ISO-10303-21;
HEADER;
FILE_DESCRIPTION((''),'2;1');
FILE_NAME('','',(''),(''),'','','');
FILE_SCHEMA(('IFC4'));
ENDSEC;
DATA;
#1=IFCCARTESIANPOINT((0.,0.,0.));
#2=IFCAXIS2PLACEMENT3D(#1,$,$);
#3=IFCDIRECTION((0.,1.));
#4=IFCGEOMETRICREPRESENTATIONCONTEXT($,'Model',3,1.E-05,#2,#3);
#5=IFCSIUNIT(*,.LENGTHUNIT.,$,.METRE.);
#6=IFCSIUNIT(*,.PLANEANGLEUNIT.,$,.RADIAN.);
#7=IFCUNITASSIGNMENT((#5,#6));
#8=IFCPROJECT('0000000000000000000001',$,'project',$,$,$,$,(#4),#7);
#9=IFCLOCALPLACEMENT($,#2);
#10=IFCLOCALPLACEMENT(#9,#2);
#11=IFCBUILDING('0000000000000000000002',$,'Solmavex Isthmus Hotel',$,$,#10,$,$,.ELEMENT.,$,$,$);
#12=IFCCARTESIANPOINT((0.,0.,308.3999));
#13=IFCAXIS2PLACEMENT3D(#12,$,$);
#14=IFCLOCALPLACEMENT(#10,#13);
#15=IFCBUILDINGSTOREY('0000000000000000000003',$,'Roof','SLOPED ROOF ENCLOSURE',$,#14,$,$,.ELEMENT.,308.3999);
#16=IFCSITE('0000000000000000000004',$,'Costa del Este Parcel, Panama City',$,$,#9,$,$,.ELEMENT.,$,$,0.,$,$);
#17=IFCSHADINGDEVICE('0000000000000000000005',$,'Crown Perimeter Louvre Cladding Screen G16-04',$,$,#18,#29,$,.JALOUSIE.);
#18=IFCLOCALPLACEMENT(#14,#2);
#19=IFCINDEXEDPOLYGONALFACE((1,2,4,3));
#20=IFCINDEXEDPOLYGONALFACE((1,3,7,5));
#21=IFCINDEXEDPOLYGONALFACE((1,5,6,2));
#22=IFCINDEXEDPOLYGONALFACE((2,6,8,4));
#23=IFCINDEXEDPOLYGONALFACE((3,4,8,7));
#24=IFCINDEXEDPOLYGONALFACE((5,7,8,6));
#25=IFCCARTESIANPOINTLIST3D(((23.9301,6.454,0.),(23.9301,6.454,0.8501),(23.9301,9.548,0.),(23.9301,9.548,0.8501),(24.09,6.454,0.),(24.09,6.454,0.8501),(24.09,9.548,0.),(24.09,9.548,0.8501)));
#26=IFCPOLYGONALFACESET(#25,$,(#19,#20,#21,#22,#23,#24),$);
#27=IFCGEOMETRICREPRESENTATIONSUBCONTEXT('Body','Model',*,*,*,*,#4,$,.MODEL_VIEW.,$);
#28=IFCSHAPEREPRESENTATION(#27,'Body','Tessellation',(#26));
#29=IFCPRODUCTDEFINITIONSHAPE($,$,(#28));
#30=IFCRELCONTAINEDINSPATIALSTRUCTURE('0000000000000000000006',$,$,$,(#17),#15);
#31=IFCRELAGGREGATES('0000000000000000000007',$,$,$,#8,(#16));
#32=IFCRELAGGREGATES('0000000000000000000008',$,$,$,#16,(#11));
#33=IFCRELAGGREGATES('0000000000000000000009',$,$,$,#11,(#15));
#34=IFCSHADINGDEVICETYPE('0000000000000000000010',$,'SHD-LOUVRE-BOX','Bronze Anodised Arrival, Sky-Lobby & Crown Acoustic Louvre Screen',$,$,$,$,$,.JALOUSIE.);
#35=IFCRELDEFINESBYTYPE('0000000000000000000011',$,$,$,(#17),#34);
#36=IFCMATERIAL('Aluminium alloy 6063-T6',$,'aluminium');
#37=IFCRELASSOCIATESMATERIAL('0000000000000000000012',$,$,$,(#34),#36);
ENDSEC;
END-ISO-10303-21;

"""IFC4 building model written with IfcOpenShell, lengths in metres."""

from ifc_helpers import new_model, si_unit, direction, frame, origin, origin_2d, place, context, subcontext, project, spatial, rectangle, extrude, material, type_object, element, save


model = new_model("IFC4")

# Units and contexts
model_context = context("Model", 3, precision=1e-05, world=origin(), true_north=direction((0.0, 1.0)))
body_context = subcontext(model_context, "Body", "Model", "MODEL_VIEW")
ifc_project = project(units=[si_unit("LENGTHUNIT", "METRE"), si_unit("PLANEANGLEUNIT", "RADIAN")], contexts=[model_context])

# Site, building, storey
site_placement = place(None, origin())
site = spatial("IfcSite", under=ifc_project, at=site_placement, Name="Costa del Este Parcel, Panama City", CompositionType="ELEMENT", RefElevation=0.0)
building_placement = place(site_placement, origin())
building = spatial("IfcBuilding", under=site, at=building_placement, Name="Solmavex Isthmus Hotel", CompositionType="ELEMENT")
storey_placement = place(building_placement, frame((0.0, 0.0, 308.3999)))
storey = spatial("IfcBuildingStorey", under=building, at=storey_placement, Name="Roof", Description="SLOPED ROOF ENCLOSURE", CompositionType="ELEMENT", Elevation=308.3999)

# Shading device
ifc_material_1 = material(Name="Aluminium alloy 6063-T6", Category="aluminium")
shading_device_type = type_object("IfcShadingDeviceType", Name="SHD-LOUVRE-BOX", Description="Bronze Anodised Arrival, Sky-Lobby & Crown Acoustic Louvre Screen", PredefinedType="JALOUSIE", material=ifc_material_1)
for number, where, z_axis, x_axis, name in (
    (1, (24.01, 8.001, 0.0), (0.0, 0.0, 1.0), (0.0, -1.0, 0.0), "Crown Perimeter Louvre Cladding Screen G16-04"),
):
    element("IfcShadingDevice", number, at=place(storey_placement, frame(where, z_axis=z_axis, x_axis=x_axis)), inside=storey, type_object=shading_device_type, Name=name, PredefinedType="JALOUSIE", context=body_context, shape_type="SweptSolid", body=[
        extrude(rectangle(XDim=3.094, YDim=0.1599, at=origin_2d()), origin(), (0.0, 0.0, 1.0), 0.8501),
    ])

save(model, "model.ifc")
